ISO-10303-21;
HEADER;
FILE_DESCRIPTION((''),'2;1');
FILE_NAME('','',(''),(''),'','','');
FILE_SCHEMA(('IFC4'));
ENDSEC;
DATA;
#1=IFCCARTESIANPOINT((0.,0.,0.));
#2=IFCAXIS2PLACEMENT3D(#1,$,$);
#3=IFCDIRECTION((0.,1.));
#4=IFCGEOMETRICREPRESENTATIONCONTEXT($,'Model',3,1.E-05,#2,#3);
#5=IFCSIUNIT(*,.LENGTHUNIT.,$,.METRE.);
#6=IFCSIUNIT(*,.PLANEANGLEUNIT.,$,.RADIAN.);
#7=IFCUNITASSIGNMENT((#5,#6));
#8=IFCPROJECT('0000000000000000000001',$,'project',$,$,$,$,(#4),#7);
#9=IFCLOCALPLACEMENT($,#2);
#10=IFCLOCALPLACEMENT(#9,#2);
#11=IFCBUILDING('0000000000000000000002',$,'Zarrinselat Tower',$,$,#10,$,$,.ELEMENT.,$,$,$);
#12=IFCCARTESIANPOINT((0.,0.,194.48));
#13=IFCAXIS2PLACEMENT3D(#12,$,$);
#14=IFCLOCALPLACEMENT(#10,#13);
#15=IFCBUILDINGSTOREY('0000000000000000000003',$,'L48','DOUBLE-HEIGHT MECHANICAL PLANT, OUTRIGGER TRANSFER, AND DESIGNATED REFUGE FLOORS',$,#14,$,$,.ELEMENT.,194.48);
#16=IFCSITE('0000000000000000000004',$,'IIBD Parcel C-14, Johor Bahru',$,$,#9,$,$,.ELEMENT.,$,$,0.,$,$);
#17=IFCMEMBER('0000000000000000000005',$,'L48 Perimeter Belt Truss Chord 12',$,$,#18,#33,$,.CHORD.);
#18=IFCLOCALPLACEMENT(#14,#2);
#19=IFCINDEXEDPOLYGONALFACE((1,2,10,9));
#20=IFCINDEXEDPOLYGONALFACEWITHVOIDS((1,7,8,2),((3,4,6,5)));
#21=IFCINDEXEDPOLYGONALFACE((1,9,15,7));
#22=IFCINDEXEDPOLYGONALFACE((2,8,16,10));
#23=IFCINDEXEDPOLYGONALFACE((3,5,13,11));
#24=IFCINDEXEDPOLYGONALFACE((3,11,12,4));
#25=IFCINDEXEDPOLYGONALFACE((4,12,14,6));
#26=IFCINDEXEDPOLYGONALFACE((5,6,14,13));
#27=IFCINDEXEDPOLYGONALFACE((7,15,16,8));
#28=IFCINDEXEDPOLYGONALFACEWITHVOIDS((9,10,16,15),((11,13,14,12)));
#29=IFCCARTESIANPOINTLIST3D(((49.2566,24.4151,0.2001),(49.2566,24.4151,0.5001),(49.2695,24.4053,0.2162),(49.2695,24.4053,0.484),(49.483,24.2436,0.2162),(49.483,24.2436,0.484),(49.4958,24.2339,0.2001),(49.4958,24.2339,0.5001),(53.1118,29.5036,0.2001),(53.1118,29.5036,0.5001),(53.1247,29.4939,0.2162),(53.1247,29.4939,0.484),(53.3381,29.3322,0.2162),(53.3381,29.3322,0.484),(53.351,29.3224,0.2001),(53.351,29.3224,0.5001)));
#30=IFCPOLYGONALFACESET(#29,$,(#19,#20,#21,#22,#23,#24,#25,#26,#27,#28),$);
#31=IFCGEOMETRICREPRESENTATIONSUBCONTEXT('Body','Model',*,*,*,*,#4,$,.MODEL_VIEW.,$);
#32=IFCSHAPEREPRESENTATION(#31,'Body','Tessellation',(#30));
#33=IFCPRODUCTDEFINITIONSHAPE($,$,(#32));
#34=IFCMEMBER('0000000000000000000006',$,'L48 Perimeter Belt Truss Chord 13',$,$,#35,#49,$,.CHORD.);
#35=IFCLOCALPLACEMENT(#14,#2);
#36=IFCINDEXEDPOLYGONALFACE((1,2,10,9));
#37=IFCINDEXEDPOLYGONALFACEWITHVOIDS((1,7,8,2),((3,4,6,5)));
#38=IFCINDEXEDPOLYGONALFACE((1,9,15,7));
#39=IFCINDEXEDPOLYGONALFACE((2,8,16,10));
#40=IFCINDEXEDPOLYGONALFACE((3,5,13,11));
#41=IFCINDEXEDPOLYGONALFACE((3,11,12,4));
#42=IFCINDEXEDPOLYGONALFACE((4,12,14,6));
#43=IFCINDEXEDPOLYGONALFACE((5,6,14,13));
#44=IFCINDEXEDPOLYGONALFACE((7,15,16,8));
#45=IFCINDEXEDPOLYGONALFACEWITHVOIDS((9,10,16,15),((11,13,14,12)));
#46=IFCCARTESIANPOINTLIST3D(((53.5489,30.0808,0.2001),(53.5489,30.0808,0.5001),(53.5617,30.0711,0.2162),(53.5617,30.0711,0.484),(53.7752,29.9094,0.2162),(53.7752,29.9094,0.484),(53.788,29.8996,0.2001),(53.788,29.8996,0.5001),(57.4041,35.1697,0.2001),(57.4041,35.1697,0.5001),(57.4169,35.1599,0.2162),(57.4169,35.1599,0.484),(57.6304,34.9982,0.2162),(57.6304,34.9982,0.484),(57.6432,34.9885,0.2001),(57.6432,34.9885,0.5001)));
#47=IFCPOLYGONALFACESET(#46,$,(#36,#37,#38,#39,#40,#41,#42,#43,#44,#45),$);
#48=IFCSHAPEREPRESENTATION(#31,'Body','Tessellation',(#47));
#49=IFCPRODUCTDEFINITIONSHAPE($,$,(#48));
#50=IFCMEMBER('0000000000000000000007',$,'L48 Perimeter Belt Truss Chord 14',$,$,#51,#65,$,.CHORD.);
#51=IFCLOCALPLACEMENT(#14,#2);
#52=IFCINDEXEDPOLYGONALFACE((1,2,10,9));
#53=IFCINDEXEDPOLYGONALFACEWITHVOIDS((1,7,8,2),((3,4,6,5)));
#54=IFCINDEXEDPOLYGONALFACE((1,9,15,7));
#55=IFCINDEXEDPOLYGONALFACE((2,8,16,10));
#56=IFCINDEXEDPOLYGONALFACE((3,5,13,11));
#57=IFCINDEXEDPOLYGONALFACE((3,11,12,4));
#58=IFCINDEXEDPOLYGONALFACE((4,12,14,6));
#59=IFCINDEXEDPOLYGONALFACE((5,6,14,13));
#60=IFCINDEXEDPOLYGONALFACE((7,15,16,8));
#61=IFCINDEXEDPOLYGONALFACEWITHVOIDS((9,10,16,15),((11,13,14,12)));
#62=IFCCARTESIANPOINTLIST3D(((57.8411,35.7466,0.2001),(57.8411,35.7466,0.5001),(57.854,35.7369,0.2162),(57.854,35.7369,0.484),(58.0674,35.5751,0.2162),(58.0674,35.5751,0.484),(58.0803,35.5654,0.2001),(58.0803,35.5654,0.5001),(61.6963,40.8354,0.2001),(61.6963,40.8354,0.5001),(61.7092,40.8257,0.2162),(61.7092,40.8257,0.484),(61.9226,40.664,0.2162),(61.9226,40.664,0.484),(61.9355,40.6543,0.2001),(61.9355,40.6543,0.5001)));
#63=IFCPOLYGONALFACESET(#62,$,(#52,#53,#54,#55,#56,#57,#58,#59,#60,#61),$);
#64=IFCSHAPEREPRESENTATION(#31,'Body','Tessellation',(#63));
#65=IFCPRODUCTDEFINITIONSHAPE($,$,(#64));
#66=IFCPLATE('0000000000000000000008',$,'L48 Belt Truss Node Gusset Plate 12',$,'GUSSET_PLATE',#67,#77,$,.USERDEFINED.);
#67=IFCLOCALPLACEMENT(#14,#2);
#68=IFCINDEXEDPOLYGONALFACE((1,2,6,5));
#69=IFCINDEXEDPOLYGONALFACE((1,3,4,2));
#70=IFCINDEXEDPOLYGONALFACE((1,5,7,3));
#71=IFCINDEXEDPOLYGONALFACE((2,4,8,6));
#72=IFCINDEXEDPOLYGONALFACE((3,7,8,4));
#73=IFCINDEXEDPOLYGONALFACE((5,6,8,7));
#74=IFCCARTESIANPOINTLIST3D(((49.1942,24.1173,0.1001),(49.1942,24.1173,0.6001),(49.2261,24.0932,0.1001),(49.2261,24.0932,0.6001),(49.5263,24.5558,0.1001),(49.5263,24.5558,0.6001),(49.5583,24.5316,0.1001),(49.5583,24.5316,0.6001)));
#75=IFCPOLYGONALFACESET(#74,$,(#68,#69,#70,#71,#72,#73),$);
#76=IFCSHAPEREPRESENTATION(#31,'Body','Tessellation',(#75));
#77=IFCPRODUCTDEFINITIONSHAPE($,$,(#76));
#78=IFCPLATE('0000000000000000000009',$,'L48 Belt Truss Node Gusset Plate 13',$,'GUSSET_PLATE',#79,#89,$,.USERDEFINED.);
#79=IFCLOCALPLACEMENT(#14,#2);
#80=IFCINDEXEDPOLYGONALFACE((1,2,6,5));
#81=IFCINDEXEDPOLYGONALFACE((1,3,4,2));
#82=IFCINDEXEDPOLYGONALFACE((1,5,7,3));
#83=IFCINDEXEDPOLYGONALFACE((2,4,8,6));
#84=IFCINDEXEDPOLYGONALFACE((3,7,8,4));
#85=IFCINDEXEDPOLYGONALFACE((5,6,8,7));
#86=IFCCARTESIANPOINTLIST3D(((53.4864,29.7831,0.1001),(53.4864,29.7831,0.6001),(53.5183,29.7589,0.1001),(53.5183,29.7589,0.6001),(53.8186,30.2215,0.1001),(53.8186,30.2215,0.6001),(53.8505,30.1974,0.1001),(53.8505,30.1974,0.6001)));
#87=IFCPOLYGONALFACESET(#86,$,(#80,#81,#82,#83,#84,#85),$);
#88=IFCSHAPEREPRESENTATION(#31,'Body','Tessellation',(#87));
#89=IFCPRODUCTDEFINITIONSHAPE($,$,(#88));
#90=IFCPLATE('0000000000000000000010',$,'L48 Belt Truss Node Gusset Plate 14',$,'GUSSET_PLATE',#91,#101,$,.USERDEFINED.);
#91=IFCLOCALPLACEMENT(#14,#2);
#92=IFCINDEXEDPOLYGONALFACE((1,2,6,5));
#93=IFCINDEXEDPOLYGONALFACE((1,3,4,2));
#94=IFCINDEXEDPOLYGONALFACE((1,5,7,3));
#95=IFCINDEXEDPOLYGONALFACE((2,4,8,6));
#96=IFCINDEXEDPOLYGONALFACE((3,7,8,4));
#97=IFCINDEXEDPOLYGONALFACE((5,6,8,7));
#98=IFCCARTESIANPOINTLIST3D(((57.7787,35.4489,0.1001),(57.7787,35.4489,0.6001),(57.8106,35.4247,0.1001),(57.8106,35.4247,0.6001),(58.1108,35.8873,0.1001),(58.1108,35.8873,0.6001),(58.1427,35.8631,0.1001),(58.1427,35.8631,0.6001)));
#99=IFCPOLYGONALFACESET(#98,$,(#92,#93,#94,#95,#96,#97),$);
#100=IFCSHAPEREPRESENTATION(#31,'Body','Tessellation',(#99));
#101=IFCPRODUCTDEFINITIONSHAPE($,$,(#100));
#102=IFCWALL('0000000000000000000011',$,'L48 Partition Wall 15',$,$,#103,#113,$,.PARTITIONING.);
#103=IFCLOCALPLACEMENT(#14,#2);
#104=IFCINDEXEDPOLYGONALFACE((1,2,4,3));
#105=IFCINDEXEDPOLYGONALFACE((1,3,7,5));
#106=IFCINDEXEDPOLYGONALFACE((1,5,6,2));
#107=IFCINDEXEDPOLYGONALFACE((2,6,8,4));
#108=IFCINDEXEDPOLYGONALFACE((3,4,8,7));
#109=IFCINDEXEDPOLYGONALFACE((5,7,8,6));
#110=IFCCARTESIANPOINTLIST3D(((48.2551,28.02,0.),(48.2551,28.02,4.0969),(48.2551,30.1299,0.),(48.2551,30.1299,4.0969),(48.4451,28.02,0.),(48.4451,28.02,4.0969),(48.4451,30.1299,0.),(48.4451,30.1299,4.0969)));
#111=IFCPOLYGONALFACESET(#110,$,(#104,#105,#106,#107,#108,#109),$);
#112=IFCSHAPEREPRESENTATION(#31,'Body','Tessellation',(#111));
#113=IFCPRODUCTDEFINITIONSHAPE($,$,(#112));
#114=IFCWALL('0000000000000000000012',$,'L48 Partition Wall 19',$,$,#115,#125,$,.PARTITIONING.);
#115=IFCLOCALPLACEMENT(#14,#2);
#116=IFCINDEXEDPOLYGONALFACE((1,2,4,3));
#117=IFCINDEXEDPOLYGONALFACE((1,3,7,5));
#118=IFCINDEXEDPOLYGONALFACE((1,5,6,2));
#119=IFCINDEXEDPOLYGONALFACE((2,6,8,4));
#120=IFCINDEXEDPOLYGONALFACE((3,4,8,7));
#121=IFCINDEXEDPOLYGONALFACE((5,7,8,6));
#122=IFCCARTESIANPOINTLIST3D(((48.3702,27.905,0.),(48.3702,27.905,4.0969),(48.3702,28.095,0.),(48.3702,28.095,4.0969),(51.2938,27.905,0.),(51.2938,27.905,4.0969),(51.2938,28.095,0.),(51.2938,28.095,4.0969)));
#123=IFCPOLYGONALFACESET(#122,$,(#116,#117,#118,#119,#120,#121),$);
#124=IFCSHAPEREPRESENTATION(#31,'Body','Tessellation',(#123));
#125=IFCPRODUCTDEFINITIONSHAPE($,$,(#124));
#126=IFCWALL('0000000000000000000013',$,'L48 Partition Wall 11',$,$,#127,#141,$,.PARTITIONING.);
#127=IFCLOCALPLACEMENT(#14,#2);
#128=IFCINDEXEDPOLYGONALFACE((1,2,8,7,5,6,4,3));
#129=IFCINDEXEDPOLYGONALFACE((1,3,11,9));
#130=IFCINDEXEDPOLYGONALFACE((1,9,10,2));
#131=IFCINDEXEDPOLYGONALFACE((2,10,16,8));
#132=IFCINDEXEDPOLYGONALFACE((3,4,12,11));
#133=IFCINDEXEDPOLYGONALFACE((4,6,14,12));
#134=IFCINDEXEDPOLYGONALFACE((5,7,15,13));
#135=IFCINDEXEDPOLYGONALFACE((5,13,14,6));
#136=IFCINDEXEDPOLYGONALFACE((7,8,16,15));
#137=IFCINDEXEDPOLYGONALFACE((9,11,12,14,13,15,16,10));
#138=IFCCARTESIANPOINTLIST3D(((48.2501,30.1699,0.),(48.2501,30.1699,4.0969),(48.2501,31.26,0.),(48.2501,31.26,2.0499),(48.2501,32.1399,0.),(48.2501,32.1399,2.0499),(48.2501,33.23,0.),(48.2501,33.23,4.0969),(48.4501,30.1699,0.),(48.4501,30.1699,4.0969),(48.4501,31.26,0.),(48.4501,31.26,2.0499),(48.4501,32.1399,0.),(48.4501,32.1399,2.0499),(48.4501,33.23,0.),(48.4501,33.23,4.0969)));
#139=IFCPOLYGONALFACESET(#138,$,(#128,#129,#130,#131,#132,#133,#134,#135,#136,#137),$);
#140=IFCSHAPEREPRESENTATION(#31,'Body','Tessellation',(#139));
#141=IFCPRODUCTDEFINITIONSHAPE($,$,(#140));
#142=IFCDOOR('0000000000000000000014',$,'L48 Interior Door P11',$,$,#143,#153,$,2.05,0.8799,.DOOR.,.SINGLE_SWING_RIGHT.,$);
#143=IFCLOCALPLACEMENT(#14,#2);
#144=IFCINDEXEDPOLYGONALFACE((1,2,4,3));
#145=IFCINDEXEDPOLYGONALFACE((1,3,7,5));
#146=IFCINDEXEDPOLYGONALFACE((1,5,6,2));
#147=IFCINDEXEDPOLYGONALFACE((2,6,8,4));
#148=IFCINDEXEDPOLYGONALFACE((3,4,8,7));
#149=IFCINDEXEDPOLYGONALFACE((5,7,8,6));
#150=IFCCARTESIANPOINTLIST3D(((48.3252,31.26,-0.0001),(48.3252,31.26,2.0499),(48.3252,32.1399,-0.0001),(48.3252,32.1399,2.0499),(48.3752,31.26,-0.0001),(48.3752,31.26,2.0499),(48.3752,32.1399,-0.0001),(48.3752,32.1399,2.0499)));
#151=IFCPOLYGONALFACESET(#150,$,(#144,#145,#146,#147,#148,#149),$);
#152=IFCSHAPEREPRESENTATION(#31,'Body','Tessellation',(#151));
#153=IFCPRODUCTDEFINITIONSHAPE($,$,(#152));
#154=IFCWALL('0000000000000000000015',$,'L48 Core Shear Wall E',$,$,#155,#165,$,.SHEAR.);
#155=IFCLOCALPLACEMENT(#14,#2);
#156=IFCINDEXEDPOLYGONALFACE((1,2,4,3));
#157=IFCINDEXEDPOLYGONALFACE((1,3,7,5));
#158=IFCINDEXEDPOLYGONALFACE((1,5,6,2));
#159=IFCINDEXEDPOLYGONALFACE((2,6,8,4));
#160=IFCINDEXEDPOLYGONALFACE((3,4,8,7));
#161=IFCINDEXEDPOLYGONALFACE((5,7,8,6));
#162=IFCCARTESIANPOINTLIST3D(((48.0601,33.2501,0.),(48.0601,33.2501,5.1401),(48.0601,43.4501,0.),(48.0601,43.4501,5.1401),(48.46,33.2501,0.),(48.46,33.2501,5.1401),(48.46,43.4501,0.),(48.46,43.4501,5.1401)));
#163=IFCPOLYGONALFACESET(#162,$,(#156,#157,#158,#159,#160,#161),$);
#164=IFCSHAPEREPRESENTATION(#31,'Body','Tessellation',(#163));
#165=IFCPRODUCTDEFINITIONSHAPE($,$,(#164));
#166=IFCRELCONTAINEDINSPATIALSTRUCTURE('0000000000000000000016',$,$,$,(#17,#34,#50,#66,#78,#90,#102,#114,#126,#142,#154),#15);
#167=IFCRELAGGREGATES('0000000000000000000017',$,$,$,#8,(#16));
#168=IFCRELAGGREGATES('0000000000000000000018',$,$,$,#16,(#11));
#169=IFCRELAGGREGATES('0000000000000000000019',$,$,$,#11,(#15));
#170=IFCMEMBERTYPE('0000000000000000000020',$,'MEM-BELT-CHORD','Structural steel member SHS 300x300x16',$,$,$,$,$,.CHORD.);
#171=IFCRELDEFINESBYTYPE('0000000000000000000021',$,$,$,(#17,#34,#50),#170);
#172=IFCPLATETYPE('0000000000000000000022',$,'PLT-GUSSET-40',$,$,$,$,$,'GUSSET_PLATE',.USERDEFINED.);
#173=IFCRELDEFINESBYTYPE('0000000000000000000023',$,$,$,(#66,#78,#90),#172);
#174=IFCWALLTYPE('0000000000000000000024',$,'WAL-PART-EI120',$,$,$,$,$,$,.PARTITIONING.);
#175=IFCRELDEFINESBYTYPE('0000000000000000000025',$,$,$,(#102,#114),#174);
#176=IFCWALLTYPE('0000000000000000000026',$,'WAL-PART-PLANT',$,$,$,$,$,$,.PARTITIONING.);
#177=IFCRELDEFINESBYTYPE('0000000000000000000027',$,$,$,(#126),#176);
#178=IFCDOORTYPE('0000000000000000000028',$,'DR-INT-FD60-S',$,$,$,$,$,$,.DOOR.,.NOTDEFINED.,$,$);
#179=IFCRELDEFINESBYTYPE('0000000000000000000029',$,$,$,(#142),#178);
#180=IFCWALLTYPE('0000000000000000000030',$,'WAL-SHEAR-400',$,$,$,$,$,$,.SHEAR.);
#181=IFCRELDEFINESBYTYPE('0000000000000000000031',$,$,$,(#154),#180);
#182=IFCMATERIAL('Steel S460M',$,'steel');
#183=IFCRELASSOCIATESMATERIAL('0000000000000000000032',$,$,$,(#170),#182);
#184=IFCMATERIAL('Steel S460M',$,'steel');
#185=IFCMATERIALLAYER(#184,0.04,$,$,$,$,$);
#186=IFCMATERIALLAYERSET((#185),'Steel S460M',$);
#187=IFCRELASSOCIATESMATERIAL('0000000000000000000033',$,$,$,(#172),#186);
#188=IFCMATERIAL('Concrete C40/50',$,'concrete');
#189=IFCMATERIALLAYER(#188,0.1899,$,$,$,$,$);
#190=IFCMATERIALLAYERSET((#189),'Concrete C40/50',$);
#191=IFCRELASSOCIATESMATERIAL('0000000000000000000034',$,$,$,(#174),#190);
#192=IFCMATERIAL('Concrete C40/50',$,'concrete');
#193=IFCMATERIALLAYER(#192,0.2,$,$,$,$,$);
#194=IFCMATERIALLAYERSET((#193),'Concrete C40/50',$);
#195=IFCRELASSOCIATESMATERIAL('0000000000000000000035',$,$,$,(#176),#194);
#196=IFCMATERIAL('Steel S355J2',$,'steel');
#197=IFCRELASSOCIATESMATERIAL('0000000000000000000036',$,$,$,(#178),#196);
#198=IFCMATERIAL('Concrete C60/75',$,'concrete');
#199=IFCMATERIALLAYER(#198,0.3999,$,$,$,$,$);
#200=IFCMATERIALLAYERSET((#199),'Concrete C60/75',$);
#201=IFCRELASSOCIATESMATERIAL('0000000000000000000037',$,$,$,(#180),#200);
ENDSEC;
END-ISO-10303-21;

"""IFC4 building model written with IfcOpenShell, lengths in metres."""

from ifc_helpers import new_model, si_unit, direction, frame, frame_2d, origin, origin_2d, place, context, subcontext, project, spatial, rectangle, hollow_rectangle, extrude, material, layer, layer_set, material_profile, profile_set, type_object, element, fill, save


model = new_model("IFC4")

# Units and contexts
model_context = context("Model", 3, precision=1e-05, world=origin(), true_north=direction((0.0, 1.0)))
body_context = subcontext(model_context, "Body", "Model", "MODEL_VIEW")
ifc_project = project(units=[si_unit("LENGTHUNIT", "METRE"), si_unit("PLANEANGLEUNIT", "RADIAN")], contexts=[model_context])

# Site, building, storey
site_placement = place(None, origin())
site = spatial("IfcSite", under=ifc_project, at=site_placement, Name="IIBD Parcel C-14, Johor Bahru", CompositionType="ELEMENT", RefElevation=0.0)
building_placement = place(site_placement, origin())
building = spatial("IfcBuilding", under=site, at=building_placement, Name="Zarrinselat Tower", CompositionType="ELEMENT")
storey_placement = place(building_placement, frame((0.0, 0.0, 194.48)))
storey = spatial("IfcBuildingStorey", under=building, at=storey_placement, Name="L48", Description="DOUBLE-HEIGHT MECHANICAL PLANT, OUTRIGGER TRANSFER, AND DESIGNATED REFUGE FLOORS", CompositionType="ELEMENT", Elevation=194.48)

# Members
ifc_material_1 = material(Name="Steel S460M", Category="steel")
ifc_material_profile_1 = material_profile(ifc_material_1, hollow_rectangle(XDim=0.3, YDim=0.3, WallThickness=0.0161, at=origin_2d()), Name="SHS 300x300x16")
ifc_profile_set_1 = profile_set([ifc_material_profile_1], Name="Steel S460M")
member_type_1 = type_object("IfcMemberType", Name="MEM-BELT-CHORD", Description="Structural steel member SHS 300x300x16", PredefinedType="CHORD", material=ifc_profile_set_1)
member_1_placement = place(storey_placement, frame((49.3762, 24.3245, 0.3501), z_axis=(0.603878, 0.797077, 0.0), x_axis=(-0.797077, 0.603878, 0.0)))
element("IfcMember", 1, at=member_1_placement, inside=storey, type_object=member_type_1, Name="L48 Perimeter Belt Truss Chord 12", PredefinedType="CHORD", context=body_context, shape_type="SweptSolid", body=[
    extrude(hollow_rectangle(XDim=0.3, YDim=0.3, WallThickness=0.0161, at=origin_2d()), origin(), (0.0, 0.0, 1.0), 6.384),
])
for number, where, z_axis, x_axis, name in (
    (2, (53.6685, 29.9902, 0.3501), (0.60386, 0.79709, 0.0), (-0.79709, 0.60386, 0.0), "L48 Perimeter Belt Truss Chord 13"),
    (3, (57.9607, 35.656, 0.3501), (0.60386, 0.79709, 0.0), (-0.79709, 0.60386, 0.0), "L48 Perimeter Belt Truss Chord 14"),
):
    element("IfcMember", number, at=place(storey_placement, frame(where, z_axis=z_axis, x_axis=x_axis)), inside=storey, type_object=member_type_1, Name=name, PredefinedType="CHORD", context=body_context, shape_type="SweptSolid", body=[
        extrude(hollow_rectangle(XDim=0.3, YDim=0.3, WallThickness=0.0161, at=origin_2d()), origin(), (0.0, 0.0, 1.0), 6.3843),
    ])

# Plates
ifc_material_2 = material(Name="Steel S460M", Category="steel")
ifc_layer_1 = layer(ifc_material_2, 0.04)
ifc_layer_set_1 = layer_set([ifc_layer_1], Name="Steel S460M")
plate_type = type_object("IfcPlateType", Name="PLT-GUSSET-40", ElementType="GUSSET_PLATE", PredefinedType="USERDEFINED", material=ifc_layer_set_1)
for number, where, z_axis, x_axis, name in (
    (4, (49.3762, 24.3245, 0.1001), (0.0, 0.0, 1.0), (0.603856, 0.797093, 0.0), "L48 Belt Truss Node Gusset Plate 12"),
    (5, (53.6685, 29.9902, 0.1001), (0.0, 0.0, 1.0), (0.603856, 0.797093, 0.0), "L48 Belt Truss Node Gusset Plate 13"),
    (6, (57.9607, 35.656, 0.1001), (0.0, 0.0, 1.0), (0.603856, 0.797093, 0.0), "L48 Belt Truss Node Gusset Plate 14"),
):
    element("IfcPlate", number, at=place(storey_placement, frame(where, z_axis=z_axis, x_axis=x_axis)), inside=storey, type_object=plate_type, Name=name, ObjectType="GUSSET_PLATE", PredefinedType="USERDEFINED", context=body_context, shape_type="SweptSolid", body=[
        extrude(rectangle(XDim=0.55, YDim=0.04, at=origin_2d()), origin(), (0.0, 0.0, 1.0), 0.5),
    ])

# Walls
ifc_material_3 = material(Name="Concrete C40/50", Category="concrete")
ifc_layer_2 = layer(ifc_material_3, 0.1899)
ifc_layer_set_2 = layer_set([ifc_layer_2], Name="Concrete C40/50")
wall_type_1 = type_object("IfcWallType", Name="WAL-PART-EI120", PredefinedType="PARTITIONING", material=ifc_layer_set_2)
wall_1_placement = place(storey_placement, frame((48.3501, 28.02, 0.0), z_axis=(0.0, 0.0, 1.0), x_axis=(0.0, 1.0, 0.0)))
element("IfcWall", 7, at=wall_1_placement, inside=storey, type_object=wall_type_1, Name="L48 Partition Wall 15", PredefinedType="PARTITIONING", context=body_context, shape_type="SweptSolid", body=[
    extrude(rectangle(XDim=2.1099, YDim=0.1899, at=frame_2d((1.0549, 0.0))), origin(), (0.0, 0.0, 1.0), 4.0969),
])
wall_2_placement = place(storey_placement, frame((48.3701, 28.0, 0.0), z_axis=(0.0, 0.0, 1.0), x_axis=(1.0, 0.0, 0.0)))
element("IfcWall", 8, at=wall_2_placement, inside=storey, type_object=wall_type_1, Name="L48 Partition Wall 19", PredefinedType="PARTITIONING", context=body_context, shape_type="SweptSolid", body=[
    extrude(rectangle(XDim=2.9236, YDim=0.1899, at=frame_2d((1.4619, 0.0))), origin(), (0.0, 0.0, 1.0), 4.0969),
])

# Wall, opening, door
ifc_material_4 = material(Name="Concrete C40/50", Category="concrete")
ifc_layer_3 = layer(ifc_material_4, 0.2)
ifc_layer_set_3 = layer_set([ifc_layer_3], Name="Concrete C40/50")
wall_type_2 = type_object("IfcWallType", Name="WAL-PART-PLANT", PredefinedType="PARTITIONING", material=ifc_layer_set_3)
wall_3_placement = place(storey_placement, frame((48.3501, 30.1699, 0.0), z_axis=(0.0, 0.0, 1.0), x_axis=(0.0, 1.0, 0.0)))
wall_3 = element("IfcWall", 9, at=wall_3_placement, inside=storey, type_object=wall_type_2, Name="L48 Partition Wall 11", PredefinedType="PARTITIONING", context=body_context, shape_type="SweptSolid", body=[
    extrude(rectangle(XDim=3.0601, YDim=0.2, at=frame_2d((1.53, 0.0))), origin(), (0.0, 0.0, 1.0), 4.0969),
])
opening_placement = place(wall_3_placement, frame((1.0901, 0.0, 0.0)))
opening = element("IfcOpeningElement", 10, at=opening_placement, cuts=wall_3, PredefinedType="OPENING", context=body_context, shape_type="SweptSolid", body=[
    extrude(rectangle(XDim=0.8799, YDim=2.05, at=frame_2d((0.4399, 1.0249))), frame((0.0, 0.1099, 0.0), z_axis=(0.0, -1.0, 0.0), x_axis=(1.0, 0.0, 0.0)), (0.0, 0.0, 1.0), 0.22),
])
ifc_material_5 = material(Name="Steel S355J2", Category="steel")
door_type = type_object("IfcDoorType", Name="DR-INT-FD60-S", OperationType="NOTDEFINED", PredefinedType="DOOR", material=ifc_material_5)
door_placement = place(opening_placement, origin())
door = element("IfcDoor", 11, at=door_placement, inside=storey, type_object=door_type, Name="L48 Interior Door P11", OperationType="SINGLE_SWING_RIGHT", OverallHeight=2.05, OverallWidth=0.8799, PredefinedType="DOOR", context=body_context, shape_type="SweptSolid", body=[
    extrude(rectangle(XDim=0.8799, YDim=2.05, at=frame_2d((0.4399, 1.0249))), frame((0.0, 0.0249, 0.0), z_axis=(0.0, -1.0, 0.0), x_axis=(1.0, 0.0, 0.0)), (0.0, 0.0, 1.0), 0.05),
])
fill(opening, door)

# Wall
ifc_material_6 = material(Name="Concrete C60/75", Category="concrete")
ifc_layer_4 = layer(ifc_material_6, 0.3999)
ifc_layer_set_4 = layer_set([ifc_layer_4], Name="Concrete C60/75")
wall_type_3 = type_object("IfcWallType", Name="WAL-SHEAR-400", PredefinedType="SHEAR", material=ifc_layer_set_4)
wall_4_placement = place(storey_placement, frame((48.26, 33.25, 0.0), z_axis=(0.0, 0.0, 1.0), x_axis=(0.0, 1.0, 0.0)))
element("IfcWall", 12, at=wall_4_placement, inside=storey, type_object=wall_type_3, Name="L48 Core Shear Wall E", PredefinedType="SHEAR", context=body_context, shape_type="SweptSolid", body=[
    extrude(rectangle(XDim=10.2, YDim=0.3999, at=frame_2d((5.1001, 0.0))), origin(), (0.0, 0.0, 1.0), 5.1401),
])

save(model, "model.ifc")
